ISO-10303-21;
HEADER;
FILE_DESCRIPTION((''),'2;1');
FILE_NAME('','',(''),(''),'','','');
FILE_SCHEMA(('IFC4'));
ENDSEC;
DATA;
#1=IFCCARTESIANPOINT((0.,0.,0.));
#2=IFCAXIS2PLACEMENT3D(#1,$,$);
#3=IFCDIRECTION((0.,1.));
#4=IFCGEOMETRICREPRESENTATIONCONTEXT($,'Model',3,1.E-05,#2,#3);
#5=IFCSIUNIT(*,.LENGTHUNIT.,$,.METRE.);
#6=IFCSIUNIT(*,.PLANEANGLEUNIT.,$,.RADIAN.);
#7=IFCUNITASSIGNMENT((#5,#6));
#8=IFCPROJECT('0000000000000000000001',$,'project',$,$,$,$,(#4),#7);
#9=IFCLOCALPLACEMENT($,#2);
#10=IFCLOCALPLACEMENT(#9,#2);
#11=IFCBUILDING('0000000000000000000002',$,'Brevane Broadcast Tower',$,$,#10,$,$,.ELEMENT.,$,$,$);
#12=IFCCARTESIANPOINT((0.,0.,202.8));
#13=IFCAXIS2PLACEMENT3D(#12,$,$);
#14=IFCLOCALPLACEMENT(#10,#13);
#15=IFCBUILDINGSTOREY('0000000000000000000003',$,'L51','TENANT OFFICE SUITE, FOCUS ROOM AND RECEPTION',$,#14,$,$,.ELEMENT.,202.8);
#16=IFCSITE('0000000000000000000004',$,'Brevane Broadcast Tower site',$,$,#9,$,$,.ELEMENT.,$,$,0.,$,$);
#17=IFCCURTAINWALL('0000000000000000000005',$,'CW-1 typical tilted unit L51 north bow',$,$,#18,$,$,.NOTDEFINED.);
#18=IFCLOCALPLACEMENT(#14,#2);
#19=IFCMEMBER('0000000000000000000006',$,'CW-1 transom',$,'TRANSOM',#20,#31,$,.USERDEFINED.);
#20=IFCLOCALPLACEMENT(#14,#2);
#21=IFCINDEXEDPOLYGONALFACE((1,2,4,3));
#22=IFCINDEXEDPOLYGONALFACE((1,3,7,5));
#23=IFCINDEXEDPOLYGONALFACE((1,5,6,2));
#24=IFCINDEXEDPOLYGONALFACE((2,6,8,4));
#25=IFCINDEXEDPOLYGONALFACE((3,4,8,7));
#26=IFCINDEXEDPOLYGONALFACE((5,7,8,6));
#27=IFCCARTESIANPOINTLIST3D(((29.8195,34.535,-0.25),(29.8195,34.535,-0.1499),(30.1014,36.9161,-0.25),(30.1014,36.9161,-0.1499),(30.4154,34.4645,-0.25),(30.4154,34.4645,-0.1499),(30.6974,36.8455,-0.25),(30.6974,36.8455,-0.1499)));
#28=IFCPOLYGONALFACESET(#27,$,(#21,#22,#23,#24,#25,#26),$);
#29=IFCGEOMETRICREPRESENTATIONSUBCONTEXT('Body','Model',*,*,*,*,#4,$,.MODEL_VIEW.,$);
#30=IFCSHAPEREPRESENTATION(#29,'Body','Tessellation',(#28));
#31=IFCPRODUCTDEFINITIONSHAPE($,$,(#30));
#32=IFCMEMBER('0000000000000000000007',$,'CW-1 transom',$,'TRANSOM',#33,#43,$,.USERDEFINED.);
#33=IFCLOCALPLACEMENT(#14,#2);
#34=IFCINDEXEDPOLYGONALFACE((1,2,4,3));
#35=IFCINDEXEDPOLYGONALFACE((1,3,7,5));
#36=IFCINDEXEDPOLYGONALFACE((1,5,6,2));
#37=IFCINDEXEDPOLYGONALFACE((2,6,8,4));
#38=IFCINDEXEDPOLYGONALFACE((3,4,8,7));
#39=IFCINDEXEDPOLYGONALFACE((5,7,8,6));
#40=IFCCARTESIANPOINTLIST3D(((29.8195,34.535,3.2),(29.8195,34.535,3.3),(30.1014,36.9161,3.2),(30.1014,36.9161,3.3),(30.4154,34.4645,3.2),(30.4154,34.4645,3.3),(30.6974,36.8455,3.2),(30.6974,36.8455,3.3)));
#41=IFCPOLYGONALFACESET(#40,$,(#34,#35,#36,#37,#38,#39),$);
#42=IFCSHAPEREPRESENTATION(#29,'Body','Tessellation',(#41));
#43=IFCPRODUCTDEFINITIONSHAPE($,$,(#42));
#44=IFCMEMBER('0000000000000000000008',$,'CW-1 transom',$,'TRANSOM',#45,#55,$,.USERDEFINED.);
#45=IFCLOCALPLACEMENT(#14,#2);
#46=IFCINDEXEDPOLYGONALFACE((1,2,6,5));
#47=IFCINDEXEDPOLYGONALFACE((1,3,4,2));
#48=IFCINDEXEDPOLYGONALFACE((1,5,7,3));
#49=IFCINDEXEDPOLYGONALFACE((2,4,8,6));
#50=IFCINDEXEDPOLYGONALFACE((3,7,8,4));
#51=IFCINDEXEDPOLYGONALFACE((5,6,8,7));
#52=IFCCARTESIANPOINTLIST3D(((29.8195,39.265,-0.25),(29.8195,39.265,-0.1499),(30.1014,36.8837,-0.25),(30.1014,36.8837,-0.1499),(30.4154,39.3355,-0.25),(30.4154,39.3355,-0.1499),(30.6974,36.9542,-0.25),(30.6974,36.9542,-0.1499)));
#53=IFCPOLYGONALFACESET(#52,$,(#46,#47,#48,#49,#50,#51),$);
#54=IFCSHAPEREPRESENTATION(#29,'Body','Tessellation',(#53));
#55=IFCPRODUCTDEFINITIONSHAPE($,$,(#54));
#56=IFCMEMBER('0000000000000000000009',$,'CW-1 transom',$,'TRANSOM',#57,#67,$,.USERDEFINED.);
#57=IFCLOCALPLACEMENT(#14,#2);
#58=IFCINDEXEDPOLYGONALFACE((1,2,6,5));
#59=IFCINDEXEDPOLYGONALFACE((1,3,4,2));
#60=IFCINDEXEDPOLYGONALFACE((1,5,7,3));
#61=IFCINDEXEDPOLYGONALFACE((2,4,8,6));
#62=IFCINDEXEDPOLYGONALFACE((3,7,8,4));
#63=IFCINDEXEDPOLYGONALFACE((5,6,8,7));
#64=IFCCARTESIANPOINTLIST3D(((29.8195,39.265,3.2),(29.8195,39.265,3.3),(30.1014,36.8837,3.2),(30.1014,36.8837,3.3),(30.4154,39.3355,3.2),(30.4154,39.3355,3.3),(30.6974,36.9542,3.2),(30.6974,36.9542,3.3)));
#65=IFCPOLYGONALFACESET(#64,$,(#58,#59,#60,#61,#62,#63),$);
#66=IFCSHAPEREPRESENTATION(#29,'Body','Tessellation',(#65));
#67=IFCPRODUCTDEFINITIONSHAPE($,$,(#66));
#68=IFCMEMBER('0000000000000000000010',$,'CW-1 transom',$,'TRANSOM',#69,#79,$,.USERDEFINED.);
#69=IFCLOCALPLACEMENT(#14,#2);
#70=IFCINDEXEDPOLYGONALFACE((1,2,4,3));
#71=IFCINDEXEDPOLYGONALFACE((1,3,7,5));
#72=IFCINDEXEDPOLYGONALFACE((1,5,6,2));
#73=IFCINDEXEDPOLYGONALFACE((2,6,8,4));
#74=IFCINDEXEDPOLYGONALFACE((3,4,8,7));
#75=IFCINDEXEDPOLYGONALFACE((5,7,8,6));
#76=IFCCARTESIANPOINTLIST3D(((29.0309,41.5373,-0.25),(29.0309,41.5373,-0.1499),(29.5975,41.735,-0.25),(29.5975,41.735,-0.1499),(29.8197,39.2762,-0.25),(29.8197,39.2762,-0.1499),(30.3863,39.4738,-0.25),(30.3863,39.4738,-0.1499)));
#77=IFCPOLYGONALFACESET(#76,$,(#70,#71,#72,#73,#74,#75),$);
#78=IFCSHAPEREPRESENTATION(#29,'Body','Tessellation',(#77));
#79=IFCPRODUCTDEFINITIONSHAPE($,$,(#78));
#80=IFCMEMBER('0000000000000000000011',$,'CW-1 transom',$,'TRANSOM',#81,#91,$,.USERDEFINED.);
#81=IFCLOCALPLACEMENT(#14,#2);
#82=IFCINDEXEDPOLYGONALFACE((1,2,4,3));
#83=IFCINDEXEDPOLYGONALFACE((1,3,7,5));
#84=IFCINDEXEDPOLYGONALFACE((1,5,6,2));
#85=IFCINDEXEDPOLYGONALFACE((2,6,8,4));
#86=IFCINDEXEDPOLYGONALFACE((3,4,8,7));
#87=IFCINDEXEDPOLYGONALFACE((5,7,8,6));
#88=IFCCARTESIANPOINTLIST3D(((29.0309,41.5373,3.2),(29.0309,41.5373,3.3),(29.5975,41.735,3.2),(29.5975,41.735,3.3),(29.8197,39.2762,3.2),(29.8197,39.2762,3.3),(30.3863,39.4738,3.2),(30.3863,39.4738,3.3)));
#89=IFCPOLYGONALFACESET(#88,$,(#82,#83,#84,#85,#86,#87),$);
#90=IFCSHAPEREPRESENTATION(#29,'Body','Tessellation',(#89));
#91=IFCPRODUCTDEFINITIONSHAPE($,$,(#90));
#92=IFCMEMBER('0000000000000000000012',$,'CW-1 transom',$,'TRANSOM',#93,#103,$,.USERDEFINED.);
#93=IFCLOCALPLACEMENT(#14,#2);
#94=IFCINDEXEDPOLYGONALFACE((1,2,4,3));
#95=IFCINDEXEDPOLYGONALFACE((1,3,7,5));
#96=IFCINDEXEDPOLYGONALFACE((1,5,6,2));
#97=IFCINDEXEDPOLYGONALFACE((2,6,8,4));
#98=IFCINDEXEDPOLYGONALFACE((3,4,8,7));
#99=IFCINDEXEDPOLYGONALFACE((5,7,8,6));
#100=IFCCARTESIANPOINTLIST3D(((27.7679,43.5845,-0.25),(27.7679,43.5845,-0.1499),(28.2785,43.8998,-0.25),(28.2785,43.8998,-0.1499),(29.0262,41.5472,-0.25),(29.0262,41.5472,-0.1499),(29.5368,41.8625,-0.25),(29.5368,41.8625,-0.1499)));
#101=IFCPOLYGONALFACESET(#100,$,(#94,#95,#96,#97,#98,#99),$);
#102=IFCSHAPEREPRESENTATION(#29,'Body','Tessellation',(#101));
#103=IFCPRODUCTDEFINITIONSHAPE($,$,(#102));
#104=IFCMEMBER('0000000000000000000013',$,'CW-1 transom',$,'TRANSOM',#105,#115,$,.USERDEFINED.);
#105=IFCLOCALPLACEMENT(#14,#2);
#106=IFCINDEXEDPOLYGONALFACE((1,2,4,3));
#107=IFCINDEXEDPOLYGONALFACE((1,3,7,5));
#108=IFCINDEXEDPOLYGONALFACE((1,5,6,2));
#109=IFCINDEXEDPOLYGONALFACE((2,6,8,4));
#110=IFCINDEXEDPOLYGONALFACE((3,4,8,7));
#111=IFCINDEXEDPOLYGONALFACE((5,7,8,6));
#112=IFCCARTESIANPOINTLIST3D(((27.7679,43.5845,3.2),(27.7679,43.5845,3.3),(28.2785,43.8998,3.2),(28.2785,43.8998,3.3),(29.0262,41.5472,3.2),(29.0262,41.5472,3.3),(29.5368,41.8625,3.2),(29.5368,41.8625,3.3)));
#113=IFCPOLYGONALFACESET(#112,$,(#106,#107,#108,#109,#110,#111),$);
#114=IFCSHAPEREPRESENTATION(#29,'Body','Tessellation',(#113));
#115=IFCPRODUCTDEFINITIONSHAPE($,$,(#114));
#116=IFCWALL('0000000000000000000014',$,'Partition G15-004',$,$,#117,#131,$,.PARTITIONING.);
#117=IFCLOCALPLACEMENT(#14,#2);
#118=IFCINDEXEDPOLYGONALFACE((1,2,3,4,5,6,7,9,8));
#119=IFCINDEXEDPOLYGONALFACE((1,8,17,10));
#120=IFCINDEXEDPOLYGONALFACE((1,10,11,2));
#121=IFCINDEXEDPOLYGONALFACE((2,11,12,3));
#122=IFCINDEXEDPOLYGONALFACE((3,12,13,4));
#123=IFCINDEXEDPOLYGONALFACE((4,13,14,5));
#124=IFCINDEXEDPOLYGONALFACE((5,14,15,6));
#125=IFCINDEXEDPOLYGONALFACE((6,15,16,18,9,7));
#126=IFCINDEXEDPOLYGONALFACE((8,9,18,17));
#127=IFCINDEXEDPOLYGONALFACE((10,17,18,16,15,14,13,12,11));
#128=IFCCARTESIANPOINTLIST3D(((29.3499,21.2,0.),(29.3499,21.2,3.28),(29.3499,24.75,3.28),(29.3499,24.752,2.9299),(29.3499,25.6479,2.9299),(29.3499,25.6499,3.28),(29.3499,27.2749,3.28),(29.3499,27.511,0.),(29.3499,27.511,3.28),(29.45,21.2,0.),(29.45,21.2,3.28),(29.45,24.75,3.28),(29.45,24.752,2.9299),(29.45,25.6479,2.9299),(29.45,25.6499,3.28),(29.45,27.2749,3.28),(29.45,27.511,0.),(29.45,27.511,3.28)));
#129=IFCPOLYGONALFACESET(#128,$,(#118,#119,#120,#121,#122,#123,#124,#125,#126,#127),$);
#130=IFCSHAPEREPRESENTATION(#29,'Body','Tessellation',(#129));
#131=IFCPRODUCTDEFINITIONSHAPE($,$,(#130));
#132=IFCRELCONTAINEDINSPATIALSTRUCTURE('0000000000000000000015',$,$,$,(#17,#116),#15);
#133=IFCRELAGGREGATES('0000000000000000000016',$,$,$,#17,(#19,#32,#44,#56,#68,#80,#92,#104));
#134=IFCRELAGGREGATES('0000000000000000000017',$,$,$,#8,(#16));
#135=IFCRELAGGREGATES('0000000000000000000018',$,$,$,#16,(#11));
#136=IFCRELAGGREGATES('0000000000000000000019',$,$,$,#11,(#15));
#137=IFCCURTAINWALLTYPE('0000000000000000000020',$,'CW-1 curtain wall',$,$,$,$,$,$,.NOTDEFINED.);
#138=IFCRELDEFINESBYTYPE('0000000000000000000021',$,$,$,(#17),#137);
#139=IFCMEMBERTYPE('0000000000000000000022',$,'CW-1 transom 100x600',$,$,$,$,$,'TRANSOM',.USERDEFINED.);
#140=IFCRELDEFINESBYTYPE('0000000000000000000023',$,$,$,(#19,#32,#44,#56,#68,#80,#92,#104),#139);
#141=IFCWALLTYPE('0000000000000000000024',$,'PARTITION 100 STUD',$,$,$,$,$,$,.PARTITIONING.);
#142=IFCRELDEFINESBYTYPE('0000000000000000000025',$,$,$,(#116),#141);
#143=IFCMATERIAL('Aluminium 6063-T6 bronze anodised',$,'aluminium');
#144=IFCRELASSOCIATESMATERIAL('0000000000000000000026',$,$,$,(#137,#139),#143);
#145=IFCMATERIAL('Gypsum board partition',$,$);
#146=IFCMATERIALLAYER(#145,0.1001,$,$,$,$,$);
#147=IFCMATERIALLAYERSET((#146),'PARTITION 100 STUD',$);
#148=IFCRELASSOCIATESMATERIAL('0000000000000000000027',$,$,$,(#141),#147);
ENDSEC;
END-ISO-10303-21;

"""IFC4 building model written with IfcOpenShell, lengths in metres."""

from ifc_helpers import new_model, si_unit, direction, frame, origin, origin_2d, place, context, subcontext, project, spatial, polyline, rectangle, outline, extrude, material, layer, layer_set, material_profile, profile_set, type_object, element, aggregate, save


model = new_model("IFC4")

# Units and contexts
model_context = context("Model", 3, precision=1e-05, world=origin(), true_north=direction((0.0, 1.0)))
body_context = subcontext(model_context, "Body", "Model", "MODEL_VIEW")
ifc_project = project(units=[si_unit("LENGTHUNIT", "METRE"), si_unit("PLANEANGLEUNIT", "RADIAN")], contexts=[model_context])

# Site, building, storey
site_placement = place(None, origin())
site = spatial("IfcSite", under=ifc_project, at=site_placement, Name="Brevane Broadcast Tower site", CompositionType="ELEMENT", RefElevation=0.0)
building_placement = place(site_placement, origin())
building = spatial("IfcBuilding", under=site, at=building_placement, Name="Brevane Broadcast Tower", CompositionType="ELEMENT")
storey_placement = place(building_placement, frame((0.0, 0.0, 202.8)))
storey = spatial("IfcBuildingStorey", under=building, at=storey_placement, Name="L51", Description="TENANT OFFICE SUITE, FOCUS ROOM AND RECEPTION", CompositionType="ELEMENT", Elevation=202.8)

# Shared definitions
ifc_material_1 = material(Name="Aluminium 6063-T6 bronze anodised", Category="aluminium")
curtain_wall_type = type_object("IfcCurtainWallType", Name="CW-1 curtain wall", PredefinedType="NOTDEFINED", material=ifc_material_1)

# Curtain wall
curtain_wall_1_placement = place(storey_placement, origin())
curtain_wall_1 = element("IfcCurtainWall", 1, at=curtain_wall_1_placement, inside=storey, type_object=curtain_wall_type, Name="CW-1 typical tilted unit L51 north bow", PredefinedType="NOTDEFINED")

# Members
ifc_material_profile_1 = material_profile(ifc_material_1, rectangle(XDim=0.6001, YDim=0.1001, at=origin_2d()), Name="RECT 100x600")
ifc_profile_set_1 = profile_set([ifc_material_profile_1], Name="Aluminium 6063-T6 bronze anodised")
member_type_1 = type_object("IfcMemberType", Name="CW-1 transom 100x600", ElementType="TRANSOM", PredefinedType="USERDEFINED", material=ifc_profile_set_1)
member_1_placement = place(storey_placement, frame((30.1174, 34.4998, -0.2), z_axis=(0.117603, 0.993061, 0.0), x_axis=(-0.993061, 0.117603, 0.0)))
member_1 = element("IfcMember", 2, at=member_1_placement, type_object=member_type_1, Name="CW-1 transom", ObjectType="TRANSOM", PredefinedType="USERDEFINED", context=body_context, shape_type="SweptSolid", body=[
    extrude(rectangle(XDim=0.6001, YDim=0.1001, at=origin_2d()), origin(), (0.0, 0.0, 1.0), 2.3977),
])
member_2_placement = place(storey_placement, frame((30.1174, 34.4998, 3.25), z_axis=(0.117603, 0.993061, 0.0), x_axis=(-0.993061, 0.117603, 0.0)))
member_2 = element("IfcMember", 3, at=member_2_placement, type_object=member_type_1, Name="CW-1 transom", ObjectType="TRANSOM", PredefinedType="USERDEFINED", context=body_context, shape_type="SweptSolid", body=[
    extrude(rectangle(XDim=0.6001, YDim=0.1001, at=origin_2d()), origin(), (0.0, 0.0, 1.0), 2.3977),
])
member_3_placement = place(storey_placement, frame((30.3994, 36.9189, -0.2), z_axis=(-0.117591, 0.993062, 0.0), x_axis=(-0.993062, -0.117591, 0.0)))
member_3 = element("IfcMember", 4, at=member_3_placement, type_object=member_type_1, Name="CW-1 transom", ObjectType="TRANSOM", PredefinedType="USERDEFINED", context=body_context, shape_type="SweptSolid", body=[
    extrude(rectangle(XDim=0.6001, YDim=0.1001, at=origin_2d()), origin(), (0.0, 0.0, 1.0), 2.3979),
])
member_4_placement = place(storey_placement, frame((30.3994, 36.9189, 3.25), z_axis=(-0.117591, 0.993062, 0.0), x_axis=(-0.993062, -0.117591, 0.0)))
member_4 = element("IfcMember", 5, at=member_4_placement, type_object=member_type_1, Name="CW-1 transom", ObjectType="TRANSOM", PredefinedType="USERDEFINED", context=body_context, shape_type="SweptSolid", body=[
    extrude(rectangle(XDim=0.6001, YDim=0.1001, at=origin_2d()), origin(), (0.0, 0.0, 1.0), 2.3979),
])
member_5_placement = place(storey_placement, frame((30.103, 39.375, -0.2), z_axis=(-0.329378, 0.944198, 0.0), x_axis=(-0.944198, -0.329378, 0.0)))
member_5 = element("IfcMember", 6, at=member_5_placement, type_object=member_type_1, Name="CW-1 transom", ObjectType="TRANSOM", PredefinedType="USERDEFINED", context=body_context, shape_type="SweptSolid", body=[
    extrude(rectangle(XDim=0.6001, YDim=0.1001, at=origin_2d()), origin(), (0.0, 0.0, 1.0), 2.3948),
])
member_6_placement = place(storey_placement, frame((30.103, 39.375, 3.25), z_axis=(-0.329378, 0.944198, 0.0), x_axis=(-0.944198, -0.329378, 0.0)))
member_6 = element("IfcMember", 7, at=member_6_placement, type_object=member_type_1, Name="CW-1 transom", ObjectType="TRANSOM", PredefinedType="USERDEFINED", context=body_context, shape_type="SweptSolid", body=[
    extrude(rectangle(XDim=0.6001, YDim=0.1001, at=origin_2d()), origin(), (0.0, 0.0, 1.0), 2.3948),
])
member_7_placement = place(storey_placement, frame((29.2815, 41.7048, -0.2), z_axis=(-0.525473, 0.85081, 0.0), x_axis=(-0.85081, -0.525473, 0.0)))
member_7 = element("IfcMember", 8, at=member_7_placement, type_object=member_type_1, Name="CW-1 transom", ObjectType="TRANSOM", PredefinedType="USERDEFINED", context=body_context, shape_type="SweptSolid", body=[
    extrude(rectangle(XDim=0.6001, YDim=0.1001, at=origin_2d()), origin(), (0.0, 0.0, 1.0), 2.3945),
])
member_8_placement = place(storey_placement, frame((29.2815, 41.7048, 3.25), z_axis=(-0.525473, 0.85081, 0.0), x_axis=(-0.85081, -0.525473, 0.0)))
member_8 = element("IfcMember", 9, at=member_8_placement, type_object=member_type_1, Name="CW-1 transom", ObjectType="TRANSOM", PredefinedType="USERDEFINED", context=body_context, shape_type="SweptSolid", body=[
    extrude(rectangle(XDim=0.6001, YDim=0.1001, at=origin_2d()), origin(), (0.0, 0.0, 1.0), 2.3945),
])
aggregate(curtain_wall_1, [member_1, member_2, member_3, member_4, member_5, member_6, member_7, member_8])

# Wall
ifc_material_2 = material(Name="Gypsum board partition")
ifc_layer = layer(ifc_material_2, 0.1001)
ifc_layer_set = layer_set([ifc_layer], Name="PARTITION 100 STUD")
wall_type = type_object("IfcWallType", Name="PARTITION 100 STUD", PredefinedType="PARTITIONING", material=ifc_layer_set)
wall_placement = place(storey_placement, frame((29.3999, 27.511, 0.0), z_axis=(0.0, 0.0, 1.0), x_axis=(0.0, -1.0, 0.0)))
element("IfcWall", 10, at=wall_placement, inside=storey, type_object=wall_type, Name="Partition G15-004", PredefinedType="PARTITIONING", context=body_context, shape_type="SweptSolid", body=[
    extrude(outline(polyline([(0.0, 0.0), (6.311, 0.0), (6.311, 3.28), (2.761, 3.28), (2.759, 2.9299), (1.863, 2.9299), (1.8611, 3.28), (0.2361, 3.28), (0.0, 3.28), (0.0, 0.0)])), frame((0.0, 0.05, 0.0), z_axis=(0.0, -1.0, 0.0), x_axis=(1.0, 0.0, 0.0)), (0.0, 0.0, 1.0), 0.1001),
])

save(model, "model.ifc")
